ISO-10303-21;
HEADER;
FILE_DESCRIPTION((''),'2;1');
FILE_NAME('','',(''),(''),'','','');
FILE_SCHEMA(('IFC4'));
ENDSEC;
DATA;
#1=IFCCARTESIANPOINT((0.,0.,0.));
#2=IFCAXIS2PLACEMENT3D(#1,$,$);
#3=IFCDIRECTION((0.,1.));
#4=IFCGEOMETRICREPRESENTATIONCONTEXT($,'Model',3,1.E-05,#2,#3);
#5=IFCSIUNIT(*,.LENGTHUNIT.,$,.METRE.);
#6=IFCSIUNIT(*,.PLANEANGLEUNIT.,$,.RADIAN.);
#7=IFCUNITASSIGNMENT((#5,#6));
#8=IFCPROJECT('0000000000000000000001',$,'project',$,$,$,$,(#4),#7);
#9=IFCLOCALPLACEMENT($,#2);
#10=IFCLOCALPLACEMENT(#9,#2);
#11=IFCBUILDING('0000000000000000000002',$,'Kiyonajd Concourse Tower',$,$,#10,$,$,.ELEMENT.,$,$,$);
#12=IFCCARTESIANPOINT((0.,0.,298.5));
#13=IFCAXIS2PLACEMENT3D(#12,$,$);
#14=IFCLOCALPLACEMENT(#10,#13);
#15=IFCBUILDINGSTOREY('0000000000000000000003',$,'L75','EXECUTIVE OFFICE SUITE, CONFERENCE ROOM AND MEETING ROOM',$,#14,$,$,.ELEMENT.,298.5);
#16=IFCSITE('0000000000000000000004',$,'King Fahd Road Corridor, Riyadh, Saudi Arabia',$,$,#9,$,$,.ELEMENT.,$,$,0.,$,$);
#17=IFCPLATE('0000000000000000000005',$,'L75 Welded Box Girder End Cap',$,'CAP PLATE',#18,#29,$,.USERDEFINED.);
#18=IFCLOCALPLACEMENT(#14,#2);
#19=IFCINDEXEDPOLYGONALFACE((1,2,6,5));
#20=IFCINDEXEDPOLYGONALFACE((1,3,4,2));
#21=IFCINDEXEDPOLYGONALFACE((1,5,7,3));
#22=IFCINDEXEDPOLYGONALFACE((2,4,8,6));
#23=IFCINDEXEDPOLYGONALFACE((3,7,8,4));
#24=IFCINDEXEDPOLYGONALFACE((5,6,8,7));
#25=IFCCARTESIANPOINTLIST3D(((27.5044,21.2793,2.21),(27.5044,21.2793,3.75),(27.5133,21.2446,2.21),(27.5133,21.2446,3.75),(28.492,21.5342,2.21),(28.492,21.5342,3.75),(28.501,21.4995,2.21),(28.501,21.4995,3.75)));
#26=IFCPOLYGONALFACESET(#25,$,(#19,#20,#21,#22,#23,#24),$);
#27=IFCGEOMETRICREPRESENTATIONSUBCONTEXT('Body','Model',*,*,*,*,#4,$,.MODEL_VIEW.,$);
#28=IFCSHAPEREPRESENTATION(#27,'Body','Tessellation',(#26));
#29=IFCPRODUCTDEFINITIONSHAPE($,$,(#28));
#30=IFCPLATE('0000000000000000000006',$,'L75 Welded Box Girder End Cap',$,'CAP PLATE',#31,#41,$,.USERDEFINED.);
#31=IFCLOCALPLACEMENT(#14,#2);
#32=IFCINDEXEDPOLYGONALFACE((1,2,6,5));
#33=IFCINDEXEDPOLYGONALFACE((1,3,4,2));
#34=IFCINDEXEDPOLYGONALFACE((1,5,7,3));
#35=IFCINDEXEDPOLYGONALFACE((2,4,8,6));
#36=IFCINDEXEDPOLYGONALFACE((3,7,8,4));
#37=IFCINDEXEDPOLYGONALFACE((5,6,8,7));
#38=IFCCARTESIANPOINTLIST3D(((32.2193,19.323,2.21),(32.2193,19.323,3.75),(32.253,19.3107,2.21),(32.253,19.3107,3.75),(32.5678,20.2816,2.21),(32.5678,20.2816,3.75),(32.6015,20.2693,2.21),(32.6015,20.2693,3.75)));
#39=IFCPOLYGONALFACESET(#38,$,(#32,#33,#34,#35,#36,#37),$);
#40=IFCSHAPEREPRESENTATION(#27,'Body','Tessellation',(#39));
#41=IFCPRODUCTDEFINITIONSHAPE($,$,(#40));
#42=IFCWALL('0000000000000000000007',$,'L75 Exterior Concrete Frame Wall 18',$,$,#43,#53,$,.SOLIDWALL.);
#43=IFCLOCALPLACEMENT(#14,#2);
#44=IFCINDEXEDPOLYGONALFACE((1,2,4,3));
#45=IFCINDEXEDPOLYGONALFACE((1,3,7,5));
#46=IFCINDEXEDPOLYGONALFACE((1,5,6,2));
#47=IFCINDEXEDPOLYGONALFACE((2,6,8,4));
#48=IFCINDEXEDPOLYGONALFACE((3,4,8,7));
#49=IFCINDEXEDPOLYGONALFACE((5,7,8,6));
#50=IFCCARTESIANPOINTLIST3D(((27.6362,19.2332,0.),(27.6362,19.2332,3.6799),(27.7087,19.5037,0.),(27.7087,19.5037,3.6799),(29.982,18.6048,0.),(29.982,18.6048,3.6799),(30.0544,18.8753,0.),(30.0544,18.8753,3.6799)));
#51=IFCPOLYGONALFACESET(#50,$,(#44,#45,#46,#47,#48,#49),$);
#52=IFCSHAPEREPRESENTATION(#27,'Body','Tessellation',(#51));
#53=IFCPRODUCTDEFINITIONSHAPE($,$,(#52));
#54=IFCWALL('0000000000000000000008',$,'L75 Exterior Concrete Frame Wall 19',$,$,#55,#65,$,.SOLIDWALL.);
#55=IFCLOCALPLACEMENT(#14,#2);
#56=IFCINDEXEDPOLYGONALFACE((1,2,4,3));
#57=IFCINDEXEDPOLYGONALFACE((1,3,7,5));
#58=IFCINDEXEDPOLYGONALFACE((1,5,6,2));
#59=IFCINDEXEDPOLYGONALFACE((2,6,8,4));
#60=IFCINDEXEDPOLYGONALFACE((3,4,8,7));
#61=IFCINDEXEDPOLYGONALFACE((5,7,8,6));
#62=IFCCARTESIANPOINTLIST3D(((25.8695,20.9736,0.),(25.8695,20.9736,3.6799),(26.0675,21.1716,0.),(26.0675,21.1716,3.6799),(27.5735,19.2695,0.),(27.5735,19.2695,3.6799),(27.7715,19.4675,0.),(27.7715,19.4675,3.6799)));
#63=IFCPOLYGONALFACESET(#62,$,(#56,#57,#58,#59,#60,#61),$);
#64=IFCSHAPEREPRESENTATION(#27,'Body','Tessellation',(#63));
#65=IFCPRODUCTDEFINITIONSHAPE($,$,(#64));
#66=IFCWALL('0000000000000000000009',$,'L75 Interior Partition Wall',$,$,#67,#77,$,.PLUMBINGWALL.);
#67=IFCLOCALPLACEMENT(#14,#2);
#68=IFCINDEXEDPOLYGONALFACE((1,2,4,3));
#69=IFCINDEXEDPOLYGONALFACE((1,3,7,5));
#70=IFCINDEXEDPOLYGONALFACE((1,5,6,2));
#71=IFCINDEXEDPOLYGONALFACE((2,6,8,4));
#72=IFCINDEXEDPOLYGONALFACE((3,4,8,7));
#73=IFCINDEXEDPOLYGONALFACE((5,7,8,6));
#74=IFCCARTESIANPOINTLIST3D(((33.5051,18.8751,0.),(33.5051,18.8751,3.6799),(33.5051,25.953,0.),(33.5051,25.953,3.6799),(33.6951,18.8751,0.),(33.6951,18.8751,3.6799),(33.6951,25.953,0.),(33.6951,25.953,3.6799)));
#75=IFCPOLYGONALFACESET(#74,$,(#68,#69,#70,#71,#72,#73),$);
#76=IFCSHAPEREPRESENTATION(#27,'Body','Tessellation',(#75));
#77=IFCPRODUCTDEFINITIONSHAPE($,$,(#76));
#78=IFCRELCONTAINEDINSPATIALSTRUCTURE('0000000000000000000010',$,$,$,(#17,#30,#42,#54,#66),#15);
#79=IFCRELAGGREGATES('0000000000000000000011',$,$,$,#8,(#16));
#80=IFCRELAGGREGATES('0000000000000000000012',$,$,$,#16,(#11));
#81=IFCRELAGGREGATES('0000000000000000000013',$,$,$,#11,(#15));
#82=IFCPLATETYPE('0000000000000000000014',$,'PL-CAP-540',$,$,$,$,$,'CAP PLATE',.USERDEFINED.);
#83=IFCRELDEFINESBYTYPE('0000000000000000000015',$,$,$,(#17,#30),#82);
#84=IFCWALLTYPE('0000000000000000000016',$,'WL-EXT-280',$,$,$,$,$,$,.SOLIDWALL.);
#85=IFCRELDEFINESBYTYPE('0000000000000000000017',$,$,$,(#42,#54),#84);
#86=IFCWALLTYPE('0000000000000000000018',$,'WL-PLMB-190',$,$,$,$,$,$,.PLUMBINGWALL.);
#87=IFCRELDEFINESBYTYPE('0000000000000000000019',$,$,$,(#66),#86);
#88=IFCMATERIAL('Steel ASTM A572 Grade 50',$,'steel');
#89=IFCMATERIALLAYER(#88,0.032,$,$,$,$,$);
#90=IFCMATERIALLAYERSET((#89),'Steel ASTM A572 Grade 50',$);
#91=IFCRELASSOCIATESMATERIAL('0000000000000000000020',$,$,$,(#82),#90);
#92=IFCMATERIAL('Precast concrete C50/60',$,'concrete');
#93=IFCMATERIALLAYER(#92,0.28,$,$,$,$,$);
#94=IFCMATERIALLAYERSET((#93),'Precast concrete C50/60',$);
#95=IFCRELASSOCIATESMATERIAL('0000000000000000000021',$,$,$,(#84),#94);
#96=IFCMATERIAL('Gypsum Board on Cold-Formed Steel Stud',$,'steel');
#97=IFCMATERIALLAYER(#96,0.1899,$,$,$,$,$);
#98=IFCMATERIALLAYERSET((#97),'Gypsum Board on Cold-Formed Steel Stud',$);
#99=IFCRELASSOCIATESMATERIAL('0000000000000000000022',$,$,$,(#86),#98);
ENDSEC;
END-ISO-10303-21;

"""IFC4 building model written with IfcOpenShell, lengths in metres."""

from ifc_helpers import new_model, si_unit, direction, frame, frame_2d, origin, origin_2d, place, context, subcontext, project, spatial, rectangle, extrude, material, layer, layer_set, type_object, element, save


model = new_model("IFC4")

# Units and contexts
model_context = context("Model", 3, precision=1e-05, world=origin(), true_north=direction((0.0, 1.0)))
body_context = subcontext(model_context, "Body", "Model", "MODEL_VIEW")
ifc_project = project(units=[si_unit("LENGTHUNIT", "METRE"), si_unit("PLANEANGLEUNIT", "RADIAN")], contexts=[model_context])

# Site, building, storey
site_placement = place(None, origin())
site = spatial("IfcSite", under=ifc_project, at=site_placement, Name="King Fahd Road Corridor, Riyadh, Saudi Arabia", CompositionType="ELEMENT", RefElevation=0.0)
building_placement = place(site_placement, origin())
building = spatial("IfcBuilding", under=site, at=building_placement, Name="Kiyonajd Concourse Tower", CompositionType="ELEMENT")
storey_placement = place(building_placement, frame((0.0, 0.0, 298.5)))
storey = spatial("IfcBuildingStorey", under=building, at=storey_placement, Name="L75", Description="EXECUTIVE OFFICE SUITE, CONFERENCE ROOM AND MEETING ROOM", CompositionType="ELEMENT", Elevation=298.5)

# Plates
ifc_material_1 = material(Name="Steel ASTM A572 Grade 50", Category="steel")
ifc_layer_1 = layer(ifc_material_1, 0.032)
ifc_layer_set_1 = layer_set([ifc_layer_1], Name="Steel ASTM A572 Grade 50")
plate_type_1 = type_object("IfcPlateType", Name="PL-CAP-540", ElementType="CAP PLATE", PredefinedType="USERDEFINED", material=ifc_layer_set_1)
for number, where, z_axis, x_axis, name in (
    (1, (28.0027, 21.3894, 2.21), (0.0, 0.0, 1.0), (0.249873, -0.968279, 0.0), "L75 Welded Box Girder End Cap"),
    (2, (32.4104, 19.7961, 2.21), (0.0, 0.0, 1.0), (0.939812, -0.341692, 0.0), "L75 Welded Box Girder End Cap"),
):
    element("IfcPlate", number, at=place(storey_placement, frame(where, z_axis=z_axis, x_axis=x_axis)), inside=storey, type_object=plate_type_1, Name=name, ObjectType="CAP PLATE", PredefinedType="USERDEFINED", context=body_context, shape_type="SweptSolid", body=[
        extrude(rectangle(XDim=0.0359, YDim=1.02, at=origin_2d()), origin(), (0.0, 0.0, 1.0), 1.54),
    ])

# Walls
ifc_material_2 = material(Name="Precast concrete C50/60", Category="concrete")
ifc_layer_2 = layer(ifc_material_2, 0.28)
ifc_layer_set_2 = layer_set([ifc_layer_2], Name="Precast concrete C50/60")
wall_type_1 = type_object("IfcWallType", Name="WL-EXT-280", PredefinedType="SOLIDWALL", material=ifc_layer_set_2)
wall_1_placement = place(storey_placement, frame((30.0183, 18.74, 0.0), z_axis=(0.0, 0.0, 1.0), x_axis=(-0.965937, 0.258776, 0.0)))
element("IfcWall", 3, at=wall_1_placement, inside=storey, type_object=wall_type_1, Name="L75 Exterior Concrete Frame Wall 18", PredefinedType="SOLIDWALL", context=body_context, shape_type="SweptSolid", body=[
    extrude(rectangle(XDim=2.4285, YDim=0.28, at=frame_2d((1.2144, 0.0))), origin(), (0.0, 0.0, 1.0), 3.6799),
])
wall_2_placement = place(storey_placement, frame((27.6726, 19.3684, 0.0), z_axis=(0.0, 0.0, 1.0), x_axis=(-0.707107, 0.707107, 0.0)))
element("IfcWall", 4, at=wall_2_placement, inside=storey, type_object=wall_type_1, Name="L75 Exterior Concrete Frame Wall 19", PredefinedType="SOLIDWALL", context=body_context, shape_type="SweptSolid", body=[
    extrude(rectangle(XDim=2.4099, YDim=0.28, at=frame_2d((1.2051, 0.0))), origin(), (0.0, 0.0, 1.0), 3.6799),
])
ifc_material_3 = material(Name="Gypsum Board on Cold-Formed Steel Stud", Category="steel")
ifc_layer_3 = layer(ifc_material_3, 0.1899)
ifc_layer_set_3 = layer_set([ifc_layer_3], Name="Gypsum Board on Cold-Formed Steel Stud")
wall_type_2 = type_object("IfcWallType", Name="WL-PLMB-190", PredefinedType="PLUMBINGWALL", material=ifc_layer_set_3)
wall_3_placement = place(storey_placement, frame((33.6001, 18.875, 0.0), z_axis=(0.0, 0.0, 1.0), x_axis=(0.0, 1.0, 0.0)))
element("IfcWall", 5, at=wall_3_placement, inside=storey, type_object=wall_type_2, Name="L75 Interior Partition Wall", PredefinedType="PLUMBINGWALL", context=body_context, shape_type="SweptSolid", body=[
    extrude(rectangle(XDim=7.0779, YDim=0.1899, at=frame_2d((3.5391, 0.0))), origin(), (0.0, 0.0, 1.0), 3.6799),
])

save(model, "model.ifc")
